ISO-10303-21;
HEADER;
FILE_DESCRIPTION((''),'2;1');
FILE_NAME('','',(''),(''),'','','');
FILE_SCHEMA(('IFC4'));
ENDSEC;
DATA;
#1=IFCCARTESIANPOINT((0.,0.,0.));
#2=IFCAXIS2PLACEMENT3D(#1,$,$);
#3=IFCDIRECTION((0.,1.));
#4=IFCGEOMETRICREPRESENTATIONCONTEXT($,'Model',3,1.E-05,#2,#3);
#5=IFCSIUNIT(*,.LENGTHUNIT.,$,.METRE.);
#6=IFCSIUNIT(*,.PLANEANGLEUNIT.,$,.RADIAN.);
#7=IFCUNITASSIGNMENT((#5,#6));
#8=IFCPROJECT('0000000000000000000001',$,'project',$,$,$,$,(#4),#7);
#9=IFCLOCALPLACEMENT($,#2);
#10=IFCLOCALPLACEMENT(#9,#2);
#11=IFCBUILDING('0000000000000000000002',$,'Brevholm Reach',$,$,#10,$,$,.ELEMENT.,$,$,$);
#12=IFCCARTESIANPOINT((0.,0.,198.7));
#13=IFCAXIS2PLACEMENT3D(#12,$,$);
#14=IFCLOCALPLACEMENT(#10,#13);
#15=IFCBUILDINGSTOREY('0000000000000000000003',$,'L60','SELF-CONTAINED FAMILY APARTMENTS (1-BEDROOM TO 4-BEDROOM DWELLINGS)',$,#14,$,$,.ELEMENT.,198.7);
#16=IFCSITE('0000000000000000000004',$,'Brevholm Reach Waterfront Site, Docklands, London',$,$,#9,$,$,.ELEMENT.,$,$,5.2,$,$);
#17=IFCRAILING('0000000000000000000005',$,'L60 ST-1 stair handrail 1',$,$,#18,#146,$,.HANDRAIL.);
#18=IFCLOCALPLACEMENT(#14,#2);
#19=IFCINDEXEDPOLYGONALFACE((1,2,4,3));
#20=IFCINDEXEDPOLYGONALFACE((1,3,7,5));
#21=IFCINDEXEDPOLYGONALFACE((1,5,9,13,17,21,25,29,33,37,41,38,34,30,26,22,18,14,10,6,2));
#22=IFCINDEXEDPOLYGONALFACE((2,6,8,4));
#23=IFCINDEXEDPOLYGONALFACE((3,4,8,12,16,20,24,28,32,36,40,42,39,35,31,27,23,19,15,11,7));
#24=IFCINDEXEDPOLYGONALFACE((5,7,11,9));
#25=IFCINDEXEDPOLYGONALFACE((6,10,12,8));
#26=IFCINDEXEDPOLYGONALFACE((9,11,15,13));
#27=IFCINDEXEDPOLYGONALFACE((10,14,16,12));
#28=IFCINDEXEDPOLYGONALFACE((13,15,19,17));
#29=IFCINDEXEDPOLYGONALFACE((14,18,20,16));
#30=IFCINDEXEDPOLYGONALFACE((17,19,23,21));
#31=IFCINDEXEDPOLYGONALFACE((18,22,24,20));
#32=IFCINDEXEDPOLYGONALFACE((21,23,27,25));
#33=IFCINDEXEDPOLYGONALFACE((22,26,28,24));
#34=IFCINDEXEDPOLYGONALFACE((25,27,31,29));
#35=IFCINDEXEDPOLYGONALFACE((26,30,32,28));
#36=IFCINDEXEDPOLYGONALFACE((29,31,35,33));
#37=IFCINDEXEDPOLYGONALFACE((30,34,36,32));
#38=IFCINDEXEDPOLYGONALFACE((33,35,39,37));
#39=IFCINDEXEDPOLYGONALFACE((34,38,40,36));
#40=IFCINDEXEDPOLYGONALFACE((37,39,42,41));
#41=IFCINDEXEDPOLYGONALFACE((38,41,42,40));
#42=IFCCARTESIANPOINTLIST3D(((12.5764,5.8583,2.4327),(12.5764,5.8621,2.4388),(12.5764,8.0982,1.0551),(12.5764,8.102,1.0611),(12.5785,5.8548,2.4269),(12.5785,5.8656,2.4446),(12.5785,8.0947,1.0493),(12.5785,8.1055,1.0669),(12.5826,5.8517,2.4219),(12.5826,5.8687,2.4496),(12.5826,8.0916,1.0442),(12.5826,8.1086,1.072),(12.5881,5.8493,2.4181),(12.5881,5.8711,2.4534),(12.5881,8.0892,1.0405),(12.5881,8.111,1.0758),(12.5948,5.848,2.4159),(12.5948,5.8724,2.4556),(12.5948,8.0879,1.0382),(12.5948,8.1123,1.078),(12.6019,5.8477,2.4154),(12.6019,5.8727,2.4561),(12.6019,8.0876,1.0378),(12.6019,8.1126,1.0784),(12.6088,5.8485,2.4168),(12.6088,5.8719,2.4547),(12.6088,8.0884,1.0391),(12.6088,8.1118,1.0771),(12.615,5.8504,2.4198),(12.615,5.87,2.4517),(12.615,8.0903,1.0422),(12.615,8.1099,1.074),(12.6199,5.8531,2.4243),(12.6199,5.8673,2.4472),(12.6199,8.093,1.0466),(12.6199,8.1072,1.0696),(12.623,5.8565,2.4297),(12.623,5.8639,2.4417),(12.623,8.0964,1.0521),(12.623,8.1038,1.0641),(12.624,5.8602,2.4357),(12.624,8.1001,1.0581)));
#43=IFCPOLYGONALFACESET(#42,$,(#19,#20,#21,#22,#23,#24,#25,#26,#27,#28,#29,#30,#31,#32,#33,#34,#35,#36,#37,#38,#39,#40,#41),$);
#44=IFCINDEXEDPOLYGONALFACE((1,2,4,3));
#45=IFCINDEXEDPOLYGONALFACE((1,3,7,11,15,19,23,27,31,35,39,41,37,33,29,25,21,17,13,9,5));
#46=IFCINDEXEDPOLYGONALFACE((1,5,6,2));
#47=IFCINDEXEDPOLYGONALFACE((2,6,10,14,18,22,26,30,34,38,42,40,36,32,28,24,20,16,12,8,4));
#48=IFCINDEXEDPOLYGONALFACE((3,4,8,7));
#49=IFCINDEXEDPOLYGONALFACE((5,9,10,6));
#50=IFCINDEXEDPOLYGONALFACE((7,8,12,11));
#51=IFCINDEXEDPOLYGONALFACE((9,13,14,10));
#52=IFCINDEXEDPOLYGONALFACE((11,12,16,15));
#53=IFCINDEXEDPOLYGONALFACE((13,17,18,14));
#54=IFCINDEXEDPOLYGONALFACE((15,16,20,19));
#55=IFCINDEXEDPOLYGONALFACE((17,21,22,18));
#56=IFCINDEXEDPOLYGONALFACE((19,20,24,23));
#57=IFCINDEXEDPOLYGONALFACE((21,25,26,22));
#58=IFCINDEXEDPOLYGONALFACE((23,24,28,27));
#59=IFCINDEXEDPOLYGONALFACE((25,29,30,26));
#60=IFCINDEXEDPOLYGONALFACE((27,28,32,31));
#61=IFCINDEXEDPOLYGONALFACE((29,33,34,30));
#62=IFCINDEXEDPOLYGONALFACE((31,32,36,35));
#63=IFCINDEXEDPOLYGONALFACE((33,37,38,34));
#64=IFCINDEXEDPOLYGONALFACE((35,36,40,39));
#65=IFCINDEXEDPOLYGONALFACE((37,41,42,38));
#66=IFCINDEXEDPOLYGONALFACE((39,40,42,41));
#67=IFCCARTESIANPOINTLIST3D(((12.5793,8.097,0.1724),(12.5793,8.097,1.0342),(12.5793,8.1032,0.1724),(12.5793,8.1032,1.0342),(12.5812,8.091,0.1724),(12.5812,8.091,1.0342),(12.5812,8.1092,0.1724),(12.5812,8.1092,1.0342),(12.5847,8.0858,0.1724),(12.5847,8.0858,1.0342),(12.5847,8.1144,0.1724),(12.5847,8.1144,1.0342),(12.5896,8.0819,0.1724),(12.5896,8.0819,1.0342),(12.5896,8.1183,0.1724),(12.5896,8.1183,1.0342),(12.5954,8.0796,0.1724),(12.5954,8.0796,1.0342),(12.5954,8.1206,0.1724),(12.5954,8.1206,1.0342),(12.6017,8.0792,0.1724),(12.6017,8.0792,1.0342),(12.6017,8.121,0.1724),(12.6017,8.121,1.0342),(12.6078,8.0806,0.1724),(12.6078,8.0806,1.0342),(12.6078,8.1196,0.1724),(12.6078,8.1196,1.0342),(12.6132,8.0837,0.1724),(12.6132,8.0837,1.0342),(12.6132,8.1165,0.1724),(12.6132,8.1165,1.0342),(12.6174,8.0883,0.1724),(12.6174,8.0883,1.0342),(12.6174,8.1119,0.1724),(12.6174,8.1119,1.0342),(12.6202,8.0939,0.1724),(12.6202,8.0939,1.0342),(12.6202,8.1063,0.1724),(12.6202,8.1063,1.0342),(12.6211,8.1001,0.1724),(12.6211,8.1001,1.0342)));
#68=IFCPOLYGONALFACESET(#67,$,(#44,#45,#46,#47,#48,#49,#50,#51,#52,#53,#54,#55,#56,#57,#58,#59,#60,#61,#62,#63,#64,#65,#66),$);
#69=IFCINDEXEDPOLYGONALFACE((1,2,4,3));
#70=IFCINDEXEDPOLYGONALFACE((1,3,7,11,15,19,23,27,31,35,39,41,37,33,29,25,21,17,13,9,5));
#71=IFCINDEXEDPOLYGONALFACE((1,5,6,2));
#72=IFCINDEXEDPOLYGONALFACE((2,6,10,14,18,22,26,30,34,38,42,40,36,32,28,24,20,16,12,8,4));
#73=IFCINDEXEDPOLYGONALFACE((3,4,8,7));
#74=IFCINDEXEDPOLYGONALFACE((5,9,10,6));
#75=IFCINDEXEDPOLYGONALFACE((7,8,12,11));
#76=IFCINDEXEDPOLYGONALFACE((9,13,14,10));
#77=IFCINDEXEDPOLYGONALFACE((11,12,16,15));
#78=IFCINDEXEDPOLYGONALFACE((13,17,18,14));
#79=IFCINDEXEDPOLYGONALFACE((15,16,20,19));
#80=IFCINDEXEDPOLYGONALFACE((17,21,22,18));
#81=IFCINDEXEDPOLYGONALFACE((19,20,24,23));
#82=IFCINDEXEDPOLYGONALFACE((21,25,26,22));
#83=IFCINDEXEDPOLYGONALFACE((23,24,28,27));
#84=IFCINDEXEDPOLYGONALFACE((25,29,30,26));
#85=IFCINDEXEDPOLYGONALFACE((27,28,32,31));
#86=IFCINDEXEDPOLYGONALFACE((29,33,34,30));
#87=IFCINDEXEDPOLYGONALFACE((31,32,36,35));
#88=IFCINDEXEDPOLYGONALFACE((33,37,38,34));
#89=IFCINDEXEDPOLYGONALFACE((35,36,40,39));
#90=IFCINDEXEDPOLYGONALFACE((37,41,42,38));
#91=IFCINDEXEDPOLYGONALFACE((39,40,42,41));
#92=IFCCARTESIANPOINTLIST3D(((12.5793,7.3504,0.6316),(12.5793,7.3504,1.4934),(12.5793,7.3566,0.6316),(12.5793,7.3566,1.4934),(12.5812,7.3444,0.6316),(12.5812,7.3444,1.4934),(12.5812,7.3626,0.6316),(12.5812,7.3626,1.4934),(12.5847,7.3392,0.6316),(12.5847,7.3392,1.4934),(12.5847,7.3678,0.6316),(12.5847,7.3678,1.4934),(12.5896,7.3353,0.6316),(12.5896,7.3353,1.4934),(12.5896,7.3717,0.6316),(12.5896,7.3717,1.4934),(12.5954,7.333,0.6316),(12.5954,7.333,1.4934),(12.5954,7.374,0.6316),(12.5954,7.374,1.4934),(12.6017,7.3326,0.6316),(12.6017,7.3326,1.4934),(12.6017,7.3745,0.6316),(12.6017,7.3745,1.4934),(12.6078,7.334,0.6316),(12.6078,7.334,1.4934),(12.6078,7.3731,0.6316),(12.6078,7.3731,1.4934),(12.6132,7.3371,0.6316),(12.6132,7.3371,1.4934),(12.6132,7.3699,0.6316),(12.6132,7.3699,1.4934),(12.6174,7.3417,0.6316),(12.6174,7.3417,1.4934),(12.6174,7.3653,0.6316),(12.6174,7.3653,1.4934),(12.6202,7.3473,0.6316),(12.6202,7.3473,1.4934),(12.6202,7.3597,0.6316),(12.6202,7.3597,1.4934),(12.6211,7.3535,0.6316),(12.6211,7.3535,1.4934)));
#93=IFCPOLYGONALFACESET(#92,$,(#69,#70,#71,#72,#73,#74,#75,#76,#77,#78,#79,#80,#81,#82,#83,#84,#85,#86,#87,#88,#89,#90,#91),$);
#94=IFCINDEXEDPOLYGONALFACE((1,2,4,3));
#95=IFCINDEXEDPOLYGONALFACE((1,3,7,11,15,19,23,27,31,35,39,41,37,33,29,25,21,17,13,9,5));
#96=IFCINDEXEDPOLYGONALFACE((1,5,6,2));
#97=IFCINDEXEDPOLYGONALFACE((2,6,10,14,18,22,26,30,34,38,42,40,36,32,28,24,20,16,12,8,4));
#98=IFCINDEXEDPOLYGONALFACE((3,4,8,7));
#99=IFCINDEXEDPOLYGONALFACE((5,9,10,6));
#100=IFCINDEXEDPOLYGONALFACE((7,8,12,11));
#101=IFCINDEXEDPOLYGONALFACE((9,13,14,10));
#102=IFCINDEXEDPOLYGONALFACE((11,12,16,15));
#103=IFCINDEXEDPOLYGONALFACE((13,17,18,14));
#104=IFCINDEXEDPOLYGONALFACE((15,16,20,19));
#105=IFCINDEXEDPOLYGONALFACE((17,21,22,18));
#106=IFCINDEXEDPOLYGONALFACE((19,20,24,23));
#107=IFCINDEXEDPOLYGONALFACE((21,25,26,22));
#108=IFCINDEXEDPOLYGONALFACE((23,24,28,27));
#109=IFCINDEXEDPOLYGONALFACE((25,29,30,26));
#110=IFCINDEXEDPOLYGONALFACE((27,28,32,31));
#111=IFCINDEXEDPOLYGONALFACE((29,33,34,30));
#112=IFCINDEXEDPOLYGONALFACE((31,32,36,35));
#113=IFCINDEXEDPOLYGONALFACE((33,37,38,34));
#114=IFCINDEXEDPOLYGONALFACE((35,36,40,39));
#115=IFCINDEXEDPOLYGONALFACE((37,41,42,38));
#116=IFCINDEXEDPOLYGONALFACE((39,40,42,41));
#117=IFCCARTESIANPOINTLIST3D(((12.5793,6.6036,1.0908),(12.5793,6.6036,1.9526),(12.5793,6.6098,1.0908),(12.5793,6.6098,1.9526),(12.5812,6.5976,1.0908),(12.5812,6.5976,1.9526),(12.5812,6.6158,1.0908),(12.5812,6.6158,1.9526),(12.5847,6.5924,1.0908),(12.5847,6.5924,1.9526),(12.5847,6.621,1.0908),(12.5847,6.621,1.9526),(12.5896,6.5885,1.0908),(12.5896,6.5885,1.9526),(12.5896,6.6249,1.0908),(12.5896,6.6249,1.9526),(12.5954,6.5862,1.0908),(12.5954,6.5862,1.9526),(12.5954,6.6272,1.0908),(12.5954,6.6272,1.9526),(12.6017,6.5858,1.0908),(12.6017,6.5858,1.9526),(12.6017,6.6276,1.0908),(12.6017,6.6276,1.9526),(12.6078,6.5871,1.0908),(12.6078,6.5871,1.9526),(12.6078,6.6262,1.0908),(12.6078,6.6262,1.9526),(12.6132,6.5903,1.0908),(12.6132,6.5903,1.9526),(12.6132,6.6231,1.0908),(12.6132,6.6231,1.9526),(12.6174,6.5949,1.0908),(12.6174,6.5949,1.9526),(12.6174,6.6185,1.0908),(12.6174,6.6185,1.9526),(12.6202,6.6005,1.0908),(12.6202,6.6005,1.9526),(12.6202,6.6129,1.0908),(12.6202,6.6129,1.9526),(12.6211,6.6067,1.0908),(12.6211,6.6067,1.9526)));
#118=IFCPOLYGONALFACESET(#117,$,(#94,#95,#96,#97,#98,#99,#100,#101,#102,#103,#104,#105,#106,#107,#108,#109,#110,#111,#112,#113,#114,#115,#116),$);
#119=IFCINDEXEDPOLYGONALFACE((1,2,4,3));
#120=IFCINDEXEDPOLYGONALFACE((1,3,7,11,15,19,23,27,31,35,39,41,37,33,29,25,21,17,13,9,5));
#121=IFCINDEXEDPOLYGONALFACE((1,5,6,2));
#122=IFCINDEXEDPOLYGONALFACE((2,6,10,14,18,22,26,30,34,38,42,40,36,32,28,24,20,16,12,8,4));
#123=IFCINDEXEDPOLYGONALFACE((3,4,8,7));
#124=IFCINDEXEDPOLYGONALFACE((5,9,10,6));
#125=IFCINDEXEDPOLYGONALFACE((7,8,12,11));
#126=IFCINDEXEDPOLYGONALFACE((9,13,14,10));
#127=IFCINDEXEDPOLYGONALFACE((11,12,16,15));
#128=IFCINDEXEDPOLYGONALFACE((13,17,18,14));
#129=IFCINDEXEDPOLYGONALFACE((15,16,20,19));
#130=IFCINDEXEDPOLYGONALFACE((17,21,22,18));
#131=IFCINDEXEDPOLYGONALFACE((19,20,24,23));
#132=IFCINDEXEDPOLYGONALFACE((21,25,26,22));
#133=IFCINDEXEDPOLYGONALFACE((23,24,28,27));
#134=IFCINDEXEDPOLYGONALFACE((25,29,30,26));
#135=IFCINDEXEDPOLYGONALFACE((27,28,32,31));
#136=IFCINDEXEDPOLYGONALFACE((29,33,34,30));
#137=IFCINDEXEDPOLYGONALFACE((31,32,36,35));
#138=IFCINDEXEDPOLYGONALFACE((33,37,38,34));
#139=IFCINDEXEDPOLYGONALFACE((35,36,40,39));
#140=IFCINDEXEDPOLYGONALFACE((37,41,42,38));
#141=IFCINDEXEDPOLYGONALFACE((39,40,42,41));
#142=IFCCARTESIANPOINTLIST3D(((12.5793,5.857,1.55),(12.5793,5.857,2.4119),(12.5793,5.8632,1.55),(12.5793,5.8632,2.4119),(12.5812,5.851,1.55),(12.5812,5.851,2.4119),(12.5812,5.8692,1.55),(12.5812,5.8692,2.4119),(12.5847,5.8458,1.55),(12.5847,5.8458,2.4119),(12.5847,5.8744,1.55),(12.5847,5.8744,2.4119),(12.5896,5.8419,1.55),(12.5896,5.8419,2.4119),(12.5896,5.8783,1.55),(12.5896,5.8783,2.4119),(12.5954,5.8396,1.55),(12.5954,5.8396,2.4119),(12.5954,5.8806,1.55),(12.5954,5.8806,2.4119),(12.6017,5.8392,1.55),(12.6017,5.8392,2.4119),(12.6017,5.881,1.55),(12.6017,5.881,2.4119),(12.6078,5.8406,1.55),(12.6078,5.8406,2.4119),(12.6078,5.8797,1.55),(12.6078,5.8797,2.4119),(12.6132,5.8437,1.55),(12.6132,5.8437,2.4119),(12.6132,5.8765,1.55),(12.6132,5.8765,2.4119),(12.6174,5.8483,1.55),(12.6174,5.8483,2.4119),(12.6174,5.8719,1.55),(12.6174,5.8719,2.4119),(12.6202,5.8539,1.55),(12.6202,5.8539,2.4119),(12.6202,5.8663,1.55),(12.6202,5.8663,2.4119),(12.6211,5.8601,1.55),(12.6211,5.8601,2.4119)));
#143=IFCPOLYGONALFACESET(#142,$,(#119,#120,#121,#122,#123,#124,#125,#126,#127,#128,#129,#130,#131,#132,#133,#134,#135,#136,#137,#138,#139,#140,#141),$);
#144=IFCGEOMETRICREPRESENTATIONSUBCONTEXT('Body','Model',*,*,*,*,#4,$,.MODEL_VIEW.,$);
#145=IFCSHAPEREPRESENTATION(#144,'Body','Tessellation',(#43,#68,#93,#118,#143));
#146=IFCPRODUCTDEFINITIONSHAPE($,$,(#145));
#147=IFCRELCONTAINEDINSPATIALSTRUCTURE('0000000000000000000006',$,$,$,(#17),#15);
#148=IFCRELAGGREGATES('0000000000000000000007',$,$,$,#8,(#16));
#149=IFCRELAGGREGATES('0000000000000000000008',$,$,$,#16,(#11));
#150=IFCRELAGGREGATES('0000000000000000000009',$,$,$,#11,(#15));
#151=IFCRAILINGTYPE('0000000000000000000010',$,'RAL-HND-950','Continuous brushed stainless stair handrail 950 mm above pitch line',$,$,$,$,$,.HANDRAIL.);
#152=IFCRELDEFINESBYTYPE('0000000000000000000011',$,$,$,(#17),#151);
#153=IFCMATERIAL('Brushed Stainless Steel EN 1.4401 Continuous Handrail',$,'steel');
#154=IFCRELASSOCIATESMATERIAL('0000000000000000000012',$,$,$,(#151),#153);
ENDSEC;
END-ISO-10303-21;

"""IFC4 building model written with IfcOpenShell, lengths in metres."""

from ifc_helpers import new_model, si_unit, direction, frame, origin, origin_2d, place, context, subcontext, project, spatial, circle, extrude, material, type_object, element, save


model = new_model("IFC4")

# Units and contexts
model_context = context("Model", 3, precision=1e-05, world=origin(), true_north=direction((0.0, 1.0)))
body_context = subcontext(model_context, "Body", "Model", "MODEL_VIEW")
ifc_project = project(units=[si_unit("LENGTHUNIT", "METRE"), si_unit("PLANEANGLEUNIT", "RADIAN")], contexts=[model_context])

# Site, building, storey
site_placement = place(None, origin())
site = spatial("IfcSite", under=ifc_project, at=site_placement, Name="Brevholm Reach Waterfront Site, Docklands, London", CompositionType="ELEMENT", RefElevation=5.2)
building_placement = place(site_placement, origin())
building = spatial("IfcBuilding", under=site, at=building_placement, Name="Brevholm Reach", CompositionType="ELEMENT")
storey_placement = place(building_placement, frame((0.0, 0.0, 198.7)))
storey = spatial("IfcBuildingStorey", under=building, at=storey_placement, Name="L60", Description="SELF-CONTAINED FAMILY APARTMENTS (1-BEDROOM TO 4-BEDROOM DWELLINGS)", CompositionType="ELEMENT", Elevation=198.7)

# Railing
ifc_material_1 = material(Name="Brushed Stainless Steel EN 1.4401 Continuous Handrail", Category="steel")
railing_type_1 = type_object("IfcRailingType", Name="RAL-HND-950", Description="Continuous brushed stainless stair handrail 950 mm above pitch line", PredefinedType="HANDRAIL", material=ifc_material_1)
railing_1_placement = place(storey_placement, frame((12.6001, 8.1001, 0.1724)))
element("IfcRailing", 1, at=railing_1_placement, inside=storey, type_object=railing_type_1, Name="L60 ST-1 stair handrail 1", PredefinedType="HANDRAIL", context=body_context, shape_type="SweptSolid", body=[
    extrude(circle(Radius=0.0239, at=origin_2d()), frame((0.0, 0.0, 0.8857), z_axis=(0.0, -0.851789, 0.523885), x_axis=(1.0, 0.0, 0.0)), (0.0, 0.0, 1.0), 2.6296),
    extrude(circle(Radius=0.021, at=origin_2d()), origin(), (0.0, 0.0, 1.0), 0.8618),
    extrude(circle(Radius=0.021, at=origin_2d()), frame((0.0, -0.7466, 0.4592)), (0.0, 0.0, 1.0), 0.8618),
    extrude(circle(Radius=0.021, at=origin_2d()), frame((0.0, -1.4934, 0.9185)), (0.0, 0.0, 1.0), 0.8618),
    extrude(circle(Radius=0.021, at=origin_2d()), frame((0.0, -2.24, 1.3777)), (0.0, 0.0, 1.0), 0.8618),
])

save(model, "model.ifc")
